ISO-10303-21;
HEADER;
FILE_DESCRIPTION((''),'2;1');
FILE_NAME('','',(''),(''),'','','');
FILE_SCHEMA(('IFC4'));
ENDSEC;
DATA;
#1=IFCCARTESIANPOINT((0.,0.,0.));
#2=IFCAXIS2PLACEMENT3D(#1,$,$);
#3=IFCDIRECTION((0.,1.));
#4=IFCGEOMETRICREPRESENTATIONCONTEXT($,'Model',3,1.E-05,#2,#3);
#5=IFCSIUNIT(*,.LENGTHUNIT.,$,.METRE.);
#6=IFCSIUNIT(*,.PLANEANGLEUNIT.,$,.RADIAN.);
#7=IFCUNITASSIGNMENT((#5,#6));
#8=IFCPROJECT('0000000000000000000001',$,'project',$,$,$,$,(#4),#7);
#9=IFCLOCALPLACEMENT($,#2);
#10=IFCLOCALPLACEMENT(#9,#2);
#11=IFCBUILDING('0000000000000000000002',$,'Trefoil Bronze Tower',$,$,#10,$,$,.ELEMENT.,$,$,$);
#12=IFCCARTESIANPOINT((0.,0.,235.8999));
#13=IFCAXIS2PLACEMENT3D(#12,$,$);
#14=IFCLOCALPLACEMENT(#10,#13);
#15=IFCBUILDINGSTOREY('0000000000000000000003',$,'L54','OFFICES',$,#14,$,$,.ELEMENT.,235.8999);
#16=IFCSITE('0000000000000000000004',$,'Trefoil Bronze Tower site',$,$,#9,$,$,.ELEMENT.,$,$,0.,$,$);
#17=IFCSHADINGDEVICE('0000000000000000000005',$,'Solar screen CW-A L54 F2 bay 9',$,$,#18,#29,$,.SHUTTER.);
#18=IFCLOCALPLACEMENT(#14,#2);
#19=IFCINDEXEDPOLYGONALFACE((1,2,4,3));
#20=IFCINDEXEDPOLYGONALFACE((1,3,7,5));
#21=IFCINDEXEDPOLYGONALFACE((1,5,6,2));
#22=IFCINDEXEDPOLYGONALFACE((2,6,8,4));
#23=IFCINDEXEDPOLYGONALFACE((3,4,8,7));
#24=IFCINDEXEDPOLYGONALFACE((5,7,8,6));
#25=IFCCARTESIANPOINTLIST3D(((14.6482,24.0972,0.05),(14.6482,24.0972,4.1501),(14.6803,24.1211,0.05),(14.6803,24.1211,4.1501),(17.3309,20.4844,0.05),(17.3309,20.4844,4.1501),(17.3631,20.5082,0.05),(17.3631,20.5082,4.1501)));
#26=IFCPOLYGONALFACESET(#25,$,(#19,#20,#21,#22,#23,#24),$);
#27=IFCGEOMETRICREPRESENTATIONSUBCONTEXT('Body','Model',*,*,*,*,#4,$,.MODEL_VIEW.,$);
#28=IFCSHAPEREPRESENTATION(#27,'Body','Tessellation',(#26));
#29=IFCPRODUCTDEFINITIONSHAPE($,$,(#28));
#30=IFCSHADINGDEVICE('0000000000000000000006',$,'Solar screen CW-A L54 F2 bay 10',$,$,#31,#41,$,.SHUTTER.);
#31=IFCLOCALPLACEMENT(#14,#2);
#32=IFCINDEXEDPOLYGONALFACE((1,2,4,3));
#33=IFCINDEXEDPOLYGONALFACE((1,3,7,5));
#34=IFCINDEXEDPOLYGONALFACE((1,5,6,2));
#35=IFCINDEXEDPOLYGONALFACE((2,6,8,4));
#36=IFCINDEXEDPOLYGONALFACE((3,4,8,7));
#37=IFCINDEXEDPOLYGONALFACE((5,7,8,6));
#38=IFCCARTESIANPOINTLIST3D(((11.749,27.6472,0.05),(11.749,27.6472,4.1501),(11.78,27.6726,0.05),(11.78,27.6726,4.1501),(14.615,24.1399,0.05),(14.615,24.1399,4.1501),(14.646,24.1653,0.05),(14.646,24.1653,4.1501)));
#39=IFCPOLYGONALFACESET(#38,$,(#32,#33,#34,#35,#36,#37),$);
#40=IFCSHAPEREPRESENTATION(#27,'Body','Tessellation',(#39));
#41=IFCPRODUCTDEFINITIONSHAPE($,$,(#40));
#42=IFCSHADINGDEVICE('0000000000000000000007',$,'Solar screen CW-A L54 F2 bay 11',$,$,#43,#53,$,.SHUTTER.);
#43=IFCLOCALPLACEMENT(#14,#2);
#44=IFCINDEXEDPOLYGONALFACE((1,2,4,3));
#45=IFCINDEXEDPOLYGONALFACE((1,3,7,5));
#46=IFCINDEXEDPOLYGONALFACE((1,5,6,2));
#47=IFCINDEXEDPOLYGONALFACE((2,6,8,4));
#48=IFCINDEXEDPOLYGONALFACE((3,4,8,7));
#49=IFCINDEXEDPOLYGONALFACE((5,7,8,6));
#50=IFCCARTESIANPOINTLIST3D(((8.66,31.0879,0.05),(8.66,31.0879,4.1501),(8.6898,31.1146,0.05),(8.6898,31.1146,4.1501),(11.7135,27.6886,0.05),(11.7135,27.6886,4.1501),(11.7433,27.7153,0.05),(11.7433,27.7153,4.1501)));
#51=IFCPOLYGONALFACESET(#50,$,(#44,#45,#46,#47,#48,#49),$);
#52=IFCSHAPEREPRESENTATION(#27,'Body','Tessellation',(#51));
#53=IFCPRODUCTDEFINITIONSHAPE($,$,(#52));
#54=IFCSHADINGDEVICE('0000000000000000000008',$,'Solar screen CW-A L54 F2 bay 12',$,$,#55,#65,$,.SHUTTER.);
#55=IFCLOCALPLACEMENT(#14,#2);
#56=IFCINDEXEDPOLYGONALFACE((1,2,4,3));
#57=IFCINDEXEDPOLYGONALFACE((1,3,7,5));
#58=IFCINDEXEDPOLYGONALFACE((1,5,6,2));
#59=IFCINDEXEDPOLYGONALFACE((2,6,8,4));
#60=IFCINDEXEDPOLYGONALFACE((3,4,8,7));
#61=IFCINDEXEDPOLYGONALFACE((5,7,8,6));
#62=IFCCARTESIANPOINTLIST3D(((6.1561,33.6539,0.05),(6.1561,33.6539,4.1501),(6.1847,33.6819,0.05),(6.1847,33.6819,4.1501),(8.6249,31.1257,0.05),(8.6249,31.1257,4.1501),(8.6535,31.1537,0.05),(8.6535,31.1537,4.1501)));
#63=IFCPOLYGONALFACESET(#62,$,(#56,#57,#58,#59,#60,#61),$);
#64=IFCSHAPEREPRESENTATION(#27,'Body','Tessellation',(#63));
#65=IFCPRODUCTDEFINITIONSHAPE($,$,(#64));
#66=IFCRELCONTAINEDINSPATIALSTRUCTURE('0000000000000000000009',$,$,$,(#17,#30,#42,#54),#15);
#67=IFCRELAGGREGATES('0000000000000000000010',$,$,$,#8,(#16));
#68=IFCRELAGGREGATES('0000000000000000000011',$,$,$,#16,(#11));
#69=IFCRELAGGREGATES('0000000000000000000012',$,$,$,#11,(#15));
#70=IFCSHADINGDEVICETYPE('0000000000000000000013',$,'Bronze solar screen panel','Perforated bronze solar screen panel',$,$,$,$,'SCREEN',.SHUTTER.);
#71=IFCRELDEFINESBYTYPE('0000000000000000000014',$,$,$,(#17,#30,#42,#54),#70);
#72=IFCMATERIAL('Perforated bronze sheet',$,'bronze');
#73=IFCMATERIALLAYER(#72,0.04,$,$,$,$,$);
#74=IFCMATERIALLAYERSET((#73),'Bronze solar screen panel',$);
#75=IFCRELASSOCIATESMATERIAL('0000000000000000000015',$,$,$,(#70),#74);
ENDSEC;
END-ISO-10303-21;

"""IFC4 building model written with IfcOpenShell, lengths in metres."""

from ifc_helpers import new_model, si_unit, direction, frame, origin, origin_2d, place, context, subcontext, project, spatial, rectangle, extrude, material, layer, layer_set, type_object, element, save


model = new_model("IFC4")

# Units and contexts
model_context = context("Model", 3, precision=1e-05, world=origin(), true_north=direction((0.0, 1.0)))
body_context = subcontext(model_context, "Body", "Model", "MODEL_VIEW")
ifc_project = project(units=[si_unit("LENGTHUNIT", "METRE"), si_unit("PLANEANGLEUNIT", "RADIAN")], contexts=[model_context])

# Site, building, storey
site_placement = place(None, origin())
site = spatial("IfcSite", under=ifc_project, at=site_placement, Name="Trefoil Bronze Tower site", CompositionType="ELEMENT", RefElevation=0.0)
building_placement = place(site_placement, origin())
building = spatial("IfcBuilding", under=site, at=building_placement, Name="Trefoil Bronze Tower", CompositionType="ELEMENT")
storey_placement = place(building_placement, frame((0.0, 0.0, 235.8999)))
storey = spatial("IfcBuildingStorey", under=building, at=storey_placement, Name="L54", Description="OFFICES", CompositionType="ELEMENT", Elevation=235.8999)

# Shading devices
ifc_material_1 = material(Name="Perforated bronze sheet", Category="bronze")
ifc_layer_1 = layer(ifc_material_1, 0.04)
ifc_layer_set_1 = layer_set([ifc_layer_1], Name="Bronze solar screen panel")
shading_device_type = type_object("IfcShadingDeviceType", Name="Bronze solar screen panel", Description="Perforated bronze solar screen panel", ElementType="SCREEN", PredefinedType="SHUTTER", material=ifc_layer_set_1)
shading_device_1_placement = place(storey_placement, frame((16.0056, 22.3027, 0.05), z_axis=(0.0, 0.0, 1.0), x_axis=(-0.596162, 0.802865, 0.0)))
element("IfcShadingDevice", 1, at=shading_device_1_placement, inside=storey, type_object=shading_device_type, Name="Solar screen CW-A L54 F2 bay 9", PredefinedType="SHUTTER", context=body_context, shape_type="SweptSolid", body=[
    extrude(rectangle(XDim=4.5, YDim=0.04, at=origin_2d()), origin(), (0.0, 0.0, 1.0), 4.1001),
])
shading_device_2_placement = place(storey_placement, frame((13.1975, 25.9062, 0.05), z_axis=(0.0, 0.0, 1.0), x_axis=(-0.632753, 0.774354, 0.0)))
element("IfcShadingDevice", 2, at=shading_device_2_placement, inside=storey, type_object=shading_device_type, Name="Solar screen CW-A L54 F2 bay 10", PredefinedType="SHUTTER", context=body_context, shape_type="SweptSolid", body=[
    extrude(rectangle(XDim=4.5293, YDim=0.04, at=origin_2d()), origin(), (0.0, 0.0, 1.0), 4.1001),
])
shading_device_3_placement = place(storey_placement, frame((10.2017, 29.4016, 0.05), z_axis=(0.0, 0.0, 1.0), x_axis=(-0.668246, 0.743941, 0.0)))
element("IfcShadingDevice", 3, at=shading_device_3_placement, inside=storey, type_object=shading_device_type, Name="Solar screen CW-A L54 F2 bay 11", PredefinedType="SHUTTER", context=body_context, shape_type="SweptSolid", body=[
    extrude(rectangle(XDim=4.5693, YDim=0.04, at=origin_2d()), origin(), (0.0, 0.0, 1.0), 4.1001),
])
shading_device_4_placement = place(storey_placement, frame((7.4048, 32.4038, 0.05), z_axis=(0.0, 0.0, 1.0), x_axis=(-0.698652, 0.715462, 0.0)))
element("IfcShadingDevice", 4, at=shading_device_4_placement, inside=storey, type_object=shading_device_type, Name="Solar screen CW-A L54 F2 bay 12", PredefinedType="SHUTTER", context=body_context, shape_type="SweptSolid", body=[
    extrude(rectangle(XDim=3.5337, YDim=0.04, at=origin_2d()), origin(), (0.0, 0.0, 1.0), 4.1001),
])

save(model, "model.ifc")
